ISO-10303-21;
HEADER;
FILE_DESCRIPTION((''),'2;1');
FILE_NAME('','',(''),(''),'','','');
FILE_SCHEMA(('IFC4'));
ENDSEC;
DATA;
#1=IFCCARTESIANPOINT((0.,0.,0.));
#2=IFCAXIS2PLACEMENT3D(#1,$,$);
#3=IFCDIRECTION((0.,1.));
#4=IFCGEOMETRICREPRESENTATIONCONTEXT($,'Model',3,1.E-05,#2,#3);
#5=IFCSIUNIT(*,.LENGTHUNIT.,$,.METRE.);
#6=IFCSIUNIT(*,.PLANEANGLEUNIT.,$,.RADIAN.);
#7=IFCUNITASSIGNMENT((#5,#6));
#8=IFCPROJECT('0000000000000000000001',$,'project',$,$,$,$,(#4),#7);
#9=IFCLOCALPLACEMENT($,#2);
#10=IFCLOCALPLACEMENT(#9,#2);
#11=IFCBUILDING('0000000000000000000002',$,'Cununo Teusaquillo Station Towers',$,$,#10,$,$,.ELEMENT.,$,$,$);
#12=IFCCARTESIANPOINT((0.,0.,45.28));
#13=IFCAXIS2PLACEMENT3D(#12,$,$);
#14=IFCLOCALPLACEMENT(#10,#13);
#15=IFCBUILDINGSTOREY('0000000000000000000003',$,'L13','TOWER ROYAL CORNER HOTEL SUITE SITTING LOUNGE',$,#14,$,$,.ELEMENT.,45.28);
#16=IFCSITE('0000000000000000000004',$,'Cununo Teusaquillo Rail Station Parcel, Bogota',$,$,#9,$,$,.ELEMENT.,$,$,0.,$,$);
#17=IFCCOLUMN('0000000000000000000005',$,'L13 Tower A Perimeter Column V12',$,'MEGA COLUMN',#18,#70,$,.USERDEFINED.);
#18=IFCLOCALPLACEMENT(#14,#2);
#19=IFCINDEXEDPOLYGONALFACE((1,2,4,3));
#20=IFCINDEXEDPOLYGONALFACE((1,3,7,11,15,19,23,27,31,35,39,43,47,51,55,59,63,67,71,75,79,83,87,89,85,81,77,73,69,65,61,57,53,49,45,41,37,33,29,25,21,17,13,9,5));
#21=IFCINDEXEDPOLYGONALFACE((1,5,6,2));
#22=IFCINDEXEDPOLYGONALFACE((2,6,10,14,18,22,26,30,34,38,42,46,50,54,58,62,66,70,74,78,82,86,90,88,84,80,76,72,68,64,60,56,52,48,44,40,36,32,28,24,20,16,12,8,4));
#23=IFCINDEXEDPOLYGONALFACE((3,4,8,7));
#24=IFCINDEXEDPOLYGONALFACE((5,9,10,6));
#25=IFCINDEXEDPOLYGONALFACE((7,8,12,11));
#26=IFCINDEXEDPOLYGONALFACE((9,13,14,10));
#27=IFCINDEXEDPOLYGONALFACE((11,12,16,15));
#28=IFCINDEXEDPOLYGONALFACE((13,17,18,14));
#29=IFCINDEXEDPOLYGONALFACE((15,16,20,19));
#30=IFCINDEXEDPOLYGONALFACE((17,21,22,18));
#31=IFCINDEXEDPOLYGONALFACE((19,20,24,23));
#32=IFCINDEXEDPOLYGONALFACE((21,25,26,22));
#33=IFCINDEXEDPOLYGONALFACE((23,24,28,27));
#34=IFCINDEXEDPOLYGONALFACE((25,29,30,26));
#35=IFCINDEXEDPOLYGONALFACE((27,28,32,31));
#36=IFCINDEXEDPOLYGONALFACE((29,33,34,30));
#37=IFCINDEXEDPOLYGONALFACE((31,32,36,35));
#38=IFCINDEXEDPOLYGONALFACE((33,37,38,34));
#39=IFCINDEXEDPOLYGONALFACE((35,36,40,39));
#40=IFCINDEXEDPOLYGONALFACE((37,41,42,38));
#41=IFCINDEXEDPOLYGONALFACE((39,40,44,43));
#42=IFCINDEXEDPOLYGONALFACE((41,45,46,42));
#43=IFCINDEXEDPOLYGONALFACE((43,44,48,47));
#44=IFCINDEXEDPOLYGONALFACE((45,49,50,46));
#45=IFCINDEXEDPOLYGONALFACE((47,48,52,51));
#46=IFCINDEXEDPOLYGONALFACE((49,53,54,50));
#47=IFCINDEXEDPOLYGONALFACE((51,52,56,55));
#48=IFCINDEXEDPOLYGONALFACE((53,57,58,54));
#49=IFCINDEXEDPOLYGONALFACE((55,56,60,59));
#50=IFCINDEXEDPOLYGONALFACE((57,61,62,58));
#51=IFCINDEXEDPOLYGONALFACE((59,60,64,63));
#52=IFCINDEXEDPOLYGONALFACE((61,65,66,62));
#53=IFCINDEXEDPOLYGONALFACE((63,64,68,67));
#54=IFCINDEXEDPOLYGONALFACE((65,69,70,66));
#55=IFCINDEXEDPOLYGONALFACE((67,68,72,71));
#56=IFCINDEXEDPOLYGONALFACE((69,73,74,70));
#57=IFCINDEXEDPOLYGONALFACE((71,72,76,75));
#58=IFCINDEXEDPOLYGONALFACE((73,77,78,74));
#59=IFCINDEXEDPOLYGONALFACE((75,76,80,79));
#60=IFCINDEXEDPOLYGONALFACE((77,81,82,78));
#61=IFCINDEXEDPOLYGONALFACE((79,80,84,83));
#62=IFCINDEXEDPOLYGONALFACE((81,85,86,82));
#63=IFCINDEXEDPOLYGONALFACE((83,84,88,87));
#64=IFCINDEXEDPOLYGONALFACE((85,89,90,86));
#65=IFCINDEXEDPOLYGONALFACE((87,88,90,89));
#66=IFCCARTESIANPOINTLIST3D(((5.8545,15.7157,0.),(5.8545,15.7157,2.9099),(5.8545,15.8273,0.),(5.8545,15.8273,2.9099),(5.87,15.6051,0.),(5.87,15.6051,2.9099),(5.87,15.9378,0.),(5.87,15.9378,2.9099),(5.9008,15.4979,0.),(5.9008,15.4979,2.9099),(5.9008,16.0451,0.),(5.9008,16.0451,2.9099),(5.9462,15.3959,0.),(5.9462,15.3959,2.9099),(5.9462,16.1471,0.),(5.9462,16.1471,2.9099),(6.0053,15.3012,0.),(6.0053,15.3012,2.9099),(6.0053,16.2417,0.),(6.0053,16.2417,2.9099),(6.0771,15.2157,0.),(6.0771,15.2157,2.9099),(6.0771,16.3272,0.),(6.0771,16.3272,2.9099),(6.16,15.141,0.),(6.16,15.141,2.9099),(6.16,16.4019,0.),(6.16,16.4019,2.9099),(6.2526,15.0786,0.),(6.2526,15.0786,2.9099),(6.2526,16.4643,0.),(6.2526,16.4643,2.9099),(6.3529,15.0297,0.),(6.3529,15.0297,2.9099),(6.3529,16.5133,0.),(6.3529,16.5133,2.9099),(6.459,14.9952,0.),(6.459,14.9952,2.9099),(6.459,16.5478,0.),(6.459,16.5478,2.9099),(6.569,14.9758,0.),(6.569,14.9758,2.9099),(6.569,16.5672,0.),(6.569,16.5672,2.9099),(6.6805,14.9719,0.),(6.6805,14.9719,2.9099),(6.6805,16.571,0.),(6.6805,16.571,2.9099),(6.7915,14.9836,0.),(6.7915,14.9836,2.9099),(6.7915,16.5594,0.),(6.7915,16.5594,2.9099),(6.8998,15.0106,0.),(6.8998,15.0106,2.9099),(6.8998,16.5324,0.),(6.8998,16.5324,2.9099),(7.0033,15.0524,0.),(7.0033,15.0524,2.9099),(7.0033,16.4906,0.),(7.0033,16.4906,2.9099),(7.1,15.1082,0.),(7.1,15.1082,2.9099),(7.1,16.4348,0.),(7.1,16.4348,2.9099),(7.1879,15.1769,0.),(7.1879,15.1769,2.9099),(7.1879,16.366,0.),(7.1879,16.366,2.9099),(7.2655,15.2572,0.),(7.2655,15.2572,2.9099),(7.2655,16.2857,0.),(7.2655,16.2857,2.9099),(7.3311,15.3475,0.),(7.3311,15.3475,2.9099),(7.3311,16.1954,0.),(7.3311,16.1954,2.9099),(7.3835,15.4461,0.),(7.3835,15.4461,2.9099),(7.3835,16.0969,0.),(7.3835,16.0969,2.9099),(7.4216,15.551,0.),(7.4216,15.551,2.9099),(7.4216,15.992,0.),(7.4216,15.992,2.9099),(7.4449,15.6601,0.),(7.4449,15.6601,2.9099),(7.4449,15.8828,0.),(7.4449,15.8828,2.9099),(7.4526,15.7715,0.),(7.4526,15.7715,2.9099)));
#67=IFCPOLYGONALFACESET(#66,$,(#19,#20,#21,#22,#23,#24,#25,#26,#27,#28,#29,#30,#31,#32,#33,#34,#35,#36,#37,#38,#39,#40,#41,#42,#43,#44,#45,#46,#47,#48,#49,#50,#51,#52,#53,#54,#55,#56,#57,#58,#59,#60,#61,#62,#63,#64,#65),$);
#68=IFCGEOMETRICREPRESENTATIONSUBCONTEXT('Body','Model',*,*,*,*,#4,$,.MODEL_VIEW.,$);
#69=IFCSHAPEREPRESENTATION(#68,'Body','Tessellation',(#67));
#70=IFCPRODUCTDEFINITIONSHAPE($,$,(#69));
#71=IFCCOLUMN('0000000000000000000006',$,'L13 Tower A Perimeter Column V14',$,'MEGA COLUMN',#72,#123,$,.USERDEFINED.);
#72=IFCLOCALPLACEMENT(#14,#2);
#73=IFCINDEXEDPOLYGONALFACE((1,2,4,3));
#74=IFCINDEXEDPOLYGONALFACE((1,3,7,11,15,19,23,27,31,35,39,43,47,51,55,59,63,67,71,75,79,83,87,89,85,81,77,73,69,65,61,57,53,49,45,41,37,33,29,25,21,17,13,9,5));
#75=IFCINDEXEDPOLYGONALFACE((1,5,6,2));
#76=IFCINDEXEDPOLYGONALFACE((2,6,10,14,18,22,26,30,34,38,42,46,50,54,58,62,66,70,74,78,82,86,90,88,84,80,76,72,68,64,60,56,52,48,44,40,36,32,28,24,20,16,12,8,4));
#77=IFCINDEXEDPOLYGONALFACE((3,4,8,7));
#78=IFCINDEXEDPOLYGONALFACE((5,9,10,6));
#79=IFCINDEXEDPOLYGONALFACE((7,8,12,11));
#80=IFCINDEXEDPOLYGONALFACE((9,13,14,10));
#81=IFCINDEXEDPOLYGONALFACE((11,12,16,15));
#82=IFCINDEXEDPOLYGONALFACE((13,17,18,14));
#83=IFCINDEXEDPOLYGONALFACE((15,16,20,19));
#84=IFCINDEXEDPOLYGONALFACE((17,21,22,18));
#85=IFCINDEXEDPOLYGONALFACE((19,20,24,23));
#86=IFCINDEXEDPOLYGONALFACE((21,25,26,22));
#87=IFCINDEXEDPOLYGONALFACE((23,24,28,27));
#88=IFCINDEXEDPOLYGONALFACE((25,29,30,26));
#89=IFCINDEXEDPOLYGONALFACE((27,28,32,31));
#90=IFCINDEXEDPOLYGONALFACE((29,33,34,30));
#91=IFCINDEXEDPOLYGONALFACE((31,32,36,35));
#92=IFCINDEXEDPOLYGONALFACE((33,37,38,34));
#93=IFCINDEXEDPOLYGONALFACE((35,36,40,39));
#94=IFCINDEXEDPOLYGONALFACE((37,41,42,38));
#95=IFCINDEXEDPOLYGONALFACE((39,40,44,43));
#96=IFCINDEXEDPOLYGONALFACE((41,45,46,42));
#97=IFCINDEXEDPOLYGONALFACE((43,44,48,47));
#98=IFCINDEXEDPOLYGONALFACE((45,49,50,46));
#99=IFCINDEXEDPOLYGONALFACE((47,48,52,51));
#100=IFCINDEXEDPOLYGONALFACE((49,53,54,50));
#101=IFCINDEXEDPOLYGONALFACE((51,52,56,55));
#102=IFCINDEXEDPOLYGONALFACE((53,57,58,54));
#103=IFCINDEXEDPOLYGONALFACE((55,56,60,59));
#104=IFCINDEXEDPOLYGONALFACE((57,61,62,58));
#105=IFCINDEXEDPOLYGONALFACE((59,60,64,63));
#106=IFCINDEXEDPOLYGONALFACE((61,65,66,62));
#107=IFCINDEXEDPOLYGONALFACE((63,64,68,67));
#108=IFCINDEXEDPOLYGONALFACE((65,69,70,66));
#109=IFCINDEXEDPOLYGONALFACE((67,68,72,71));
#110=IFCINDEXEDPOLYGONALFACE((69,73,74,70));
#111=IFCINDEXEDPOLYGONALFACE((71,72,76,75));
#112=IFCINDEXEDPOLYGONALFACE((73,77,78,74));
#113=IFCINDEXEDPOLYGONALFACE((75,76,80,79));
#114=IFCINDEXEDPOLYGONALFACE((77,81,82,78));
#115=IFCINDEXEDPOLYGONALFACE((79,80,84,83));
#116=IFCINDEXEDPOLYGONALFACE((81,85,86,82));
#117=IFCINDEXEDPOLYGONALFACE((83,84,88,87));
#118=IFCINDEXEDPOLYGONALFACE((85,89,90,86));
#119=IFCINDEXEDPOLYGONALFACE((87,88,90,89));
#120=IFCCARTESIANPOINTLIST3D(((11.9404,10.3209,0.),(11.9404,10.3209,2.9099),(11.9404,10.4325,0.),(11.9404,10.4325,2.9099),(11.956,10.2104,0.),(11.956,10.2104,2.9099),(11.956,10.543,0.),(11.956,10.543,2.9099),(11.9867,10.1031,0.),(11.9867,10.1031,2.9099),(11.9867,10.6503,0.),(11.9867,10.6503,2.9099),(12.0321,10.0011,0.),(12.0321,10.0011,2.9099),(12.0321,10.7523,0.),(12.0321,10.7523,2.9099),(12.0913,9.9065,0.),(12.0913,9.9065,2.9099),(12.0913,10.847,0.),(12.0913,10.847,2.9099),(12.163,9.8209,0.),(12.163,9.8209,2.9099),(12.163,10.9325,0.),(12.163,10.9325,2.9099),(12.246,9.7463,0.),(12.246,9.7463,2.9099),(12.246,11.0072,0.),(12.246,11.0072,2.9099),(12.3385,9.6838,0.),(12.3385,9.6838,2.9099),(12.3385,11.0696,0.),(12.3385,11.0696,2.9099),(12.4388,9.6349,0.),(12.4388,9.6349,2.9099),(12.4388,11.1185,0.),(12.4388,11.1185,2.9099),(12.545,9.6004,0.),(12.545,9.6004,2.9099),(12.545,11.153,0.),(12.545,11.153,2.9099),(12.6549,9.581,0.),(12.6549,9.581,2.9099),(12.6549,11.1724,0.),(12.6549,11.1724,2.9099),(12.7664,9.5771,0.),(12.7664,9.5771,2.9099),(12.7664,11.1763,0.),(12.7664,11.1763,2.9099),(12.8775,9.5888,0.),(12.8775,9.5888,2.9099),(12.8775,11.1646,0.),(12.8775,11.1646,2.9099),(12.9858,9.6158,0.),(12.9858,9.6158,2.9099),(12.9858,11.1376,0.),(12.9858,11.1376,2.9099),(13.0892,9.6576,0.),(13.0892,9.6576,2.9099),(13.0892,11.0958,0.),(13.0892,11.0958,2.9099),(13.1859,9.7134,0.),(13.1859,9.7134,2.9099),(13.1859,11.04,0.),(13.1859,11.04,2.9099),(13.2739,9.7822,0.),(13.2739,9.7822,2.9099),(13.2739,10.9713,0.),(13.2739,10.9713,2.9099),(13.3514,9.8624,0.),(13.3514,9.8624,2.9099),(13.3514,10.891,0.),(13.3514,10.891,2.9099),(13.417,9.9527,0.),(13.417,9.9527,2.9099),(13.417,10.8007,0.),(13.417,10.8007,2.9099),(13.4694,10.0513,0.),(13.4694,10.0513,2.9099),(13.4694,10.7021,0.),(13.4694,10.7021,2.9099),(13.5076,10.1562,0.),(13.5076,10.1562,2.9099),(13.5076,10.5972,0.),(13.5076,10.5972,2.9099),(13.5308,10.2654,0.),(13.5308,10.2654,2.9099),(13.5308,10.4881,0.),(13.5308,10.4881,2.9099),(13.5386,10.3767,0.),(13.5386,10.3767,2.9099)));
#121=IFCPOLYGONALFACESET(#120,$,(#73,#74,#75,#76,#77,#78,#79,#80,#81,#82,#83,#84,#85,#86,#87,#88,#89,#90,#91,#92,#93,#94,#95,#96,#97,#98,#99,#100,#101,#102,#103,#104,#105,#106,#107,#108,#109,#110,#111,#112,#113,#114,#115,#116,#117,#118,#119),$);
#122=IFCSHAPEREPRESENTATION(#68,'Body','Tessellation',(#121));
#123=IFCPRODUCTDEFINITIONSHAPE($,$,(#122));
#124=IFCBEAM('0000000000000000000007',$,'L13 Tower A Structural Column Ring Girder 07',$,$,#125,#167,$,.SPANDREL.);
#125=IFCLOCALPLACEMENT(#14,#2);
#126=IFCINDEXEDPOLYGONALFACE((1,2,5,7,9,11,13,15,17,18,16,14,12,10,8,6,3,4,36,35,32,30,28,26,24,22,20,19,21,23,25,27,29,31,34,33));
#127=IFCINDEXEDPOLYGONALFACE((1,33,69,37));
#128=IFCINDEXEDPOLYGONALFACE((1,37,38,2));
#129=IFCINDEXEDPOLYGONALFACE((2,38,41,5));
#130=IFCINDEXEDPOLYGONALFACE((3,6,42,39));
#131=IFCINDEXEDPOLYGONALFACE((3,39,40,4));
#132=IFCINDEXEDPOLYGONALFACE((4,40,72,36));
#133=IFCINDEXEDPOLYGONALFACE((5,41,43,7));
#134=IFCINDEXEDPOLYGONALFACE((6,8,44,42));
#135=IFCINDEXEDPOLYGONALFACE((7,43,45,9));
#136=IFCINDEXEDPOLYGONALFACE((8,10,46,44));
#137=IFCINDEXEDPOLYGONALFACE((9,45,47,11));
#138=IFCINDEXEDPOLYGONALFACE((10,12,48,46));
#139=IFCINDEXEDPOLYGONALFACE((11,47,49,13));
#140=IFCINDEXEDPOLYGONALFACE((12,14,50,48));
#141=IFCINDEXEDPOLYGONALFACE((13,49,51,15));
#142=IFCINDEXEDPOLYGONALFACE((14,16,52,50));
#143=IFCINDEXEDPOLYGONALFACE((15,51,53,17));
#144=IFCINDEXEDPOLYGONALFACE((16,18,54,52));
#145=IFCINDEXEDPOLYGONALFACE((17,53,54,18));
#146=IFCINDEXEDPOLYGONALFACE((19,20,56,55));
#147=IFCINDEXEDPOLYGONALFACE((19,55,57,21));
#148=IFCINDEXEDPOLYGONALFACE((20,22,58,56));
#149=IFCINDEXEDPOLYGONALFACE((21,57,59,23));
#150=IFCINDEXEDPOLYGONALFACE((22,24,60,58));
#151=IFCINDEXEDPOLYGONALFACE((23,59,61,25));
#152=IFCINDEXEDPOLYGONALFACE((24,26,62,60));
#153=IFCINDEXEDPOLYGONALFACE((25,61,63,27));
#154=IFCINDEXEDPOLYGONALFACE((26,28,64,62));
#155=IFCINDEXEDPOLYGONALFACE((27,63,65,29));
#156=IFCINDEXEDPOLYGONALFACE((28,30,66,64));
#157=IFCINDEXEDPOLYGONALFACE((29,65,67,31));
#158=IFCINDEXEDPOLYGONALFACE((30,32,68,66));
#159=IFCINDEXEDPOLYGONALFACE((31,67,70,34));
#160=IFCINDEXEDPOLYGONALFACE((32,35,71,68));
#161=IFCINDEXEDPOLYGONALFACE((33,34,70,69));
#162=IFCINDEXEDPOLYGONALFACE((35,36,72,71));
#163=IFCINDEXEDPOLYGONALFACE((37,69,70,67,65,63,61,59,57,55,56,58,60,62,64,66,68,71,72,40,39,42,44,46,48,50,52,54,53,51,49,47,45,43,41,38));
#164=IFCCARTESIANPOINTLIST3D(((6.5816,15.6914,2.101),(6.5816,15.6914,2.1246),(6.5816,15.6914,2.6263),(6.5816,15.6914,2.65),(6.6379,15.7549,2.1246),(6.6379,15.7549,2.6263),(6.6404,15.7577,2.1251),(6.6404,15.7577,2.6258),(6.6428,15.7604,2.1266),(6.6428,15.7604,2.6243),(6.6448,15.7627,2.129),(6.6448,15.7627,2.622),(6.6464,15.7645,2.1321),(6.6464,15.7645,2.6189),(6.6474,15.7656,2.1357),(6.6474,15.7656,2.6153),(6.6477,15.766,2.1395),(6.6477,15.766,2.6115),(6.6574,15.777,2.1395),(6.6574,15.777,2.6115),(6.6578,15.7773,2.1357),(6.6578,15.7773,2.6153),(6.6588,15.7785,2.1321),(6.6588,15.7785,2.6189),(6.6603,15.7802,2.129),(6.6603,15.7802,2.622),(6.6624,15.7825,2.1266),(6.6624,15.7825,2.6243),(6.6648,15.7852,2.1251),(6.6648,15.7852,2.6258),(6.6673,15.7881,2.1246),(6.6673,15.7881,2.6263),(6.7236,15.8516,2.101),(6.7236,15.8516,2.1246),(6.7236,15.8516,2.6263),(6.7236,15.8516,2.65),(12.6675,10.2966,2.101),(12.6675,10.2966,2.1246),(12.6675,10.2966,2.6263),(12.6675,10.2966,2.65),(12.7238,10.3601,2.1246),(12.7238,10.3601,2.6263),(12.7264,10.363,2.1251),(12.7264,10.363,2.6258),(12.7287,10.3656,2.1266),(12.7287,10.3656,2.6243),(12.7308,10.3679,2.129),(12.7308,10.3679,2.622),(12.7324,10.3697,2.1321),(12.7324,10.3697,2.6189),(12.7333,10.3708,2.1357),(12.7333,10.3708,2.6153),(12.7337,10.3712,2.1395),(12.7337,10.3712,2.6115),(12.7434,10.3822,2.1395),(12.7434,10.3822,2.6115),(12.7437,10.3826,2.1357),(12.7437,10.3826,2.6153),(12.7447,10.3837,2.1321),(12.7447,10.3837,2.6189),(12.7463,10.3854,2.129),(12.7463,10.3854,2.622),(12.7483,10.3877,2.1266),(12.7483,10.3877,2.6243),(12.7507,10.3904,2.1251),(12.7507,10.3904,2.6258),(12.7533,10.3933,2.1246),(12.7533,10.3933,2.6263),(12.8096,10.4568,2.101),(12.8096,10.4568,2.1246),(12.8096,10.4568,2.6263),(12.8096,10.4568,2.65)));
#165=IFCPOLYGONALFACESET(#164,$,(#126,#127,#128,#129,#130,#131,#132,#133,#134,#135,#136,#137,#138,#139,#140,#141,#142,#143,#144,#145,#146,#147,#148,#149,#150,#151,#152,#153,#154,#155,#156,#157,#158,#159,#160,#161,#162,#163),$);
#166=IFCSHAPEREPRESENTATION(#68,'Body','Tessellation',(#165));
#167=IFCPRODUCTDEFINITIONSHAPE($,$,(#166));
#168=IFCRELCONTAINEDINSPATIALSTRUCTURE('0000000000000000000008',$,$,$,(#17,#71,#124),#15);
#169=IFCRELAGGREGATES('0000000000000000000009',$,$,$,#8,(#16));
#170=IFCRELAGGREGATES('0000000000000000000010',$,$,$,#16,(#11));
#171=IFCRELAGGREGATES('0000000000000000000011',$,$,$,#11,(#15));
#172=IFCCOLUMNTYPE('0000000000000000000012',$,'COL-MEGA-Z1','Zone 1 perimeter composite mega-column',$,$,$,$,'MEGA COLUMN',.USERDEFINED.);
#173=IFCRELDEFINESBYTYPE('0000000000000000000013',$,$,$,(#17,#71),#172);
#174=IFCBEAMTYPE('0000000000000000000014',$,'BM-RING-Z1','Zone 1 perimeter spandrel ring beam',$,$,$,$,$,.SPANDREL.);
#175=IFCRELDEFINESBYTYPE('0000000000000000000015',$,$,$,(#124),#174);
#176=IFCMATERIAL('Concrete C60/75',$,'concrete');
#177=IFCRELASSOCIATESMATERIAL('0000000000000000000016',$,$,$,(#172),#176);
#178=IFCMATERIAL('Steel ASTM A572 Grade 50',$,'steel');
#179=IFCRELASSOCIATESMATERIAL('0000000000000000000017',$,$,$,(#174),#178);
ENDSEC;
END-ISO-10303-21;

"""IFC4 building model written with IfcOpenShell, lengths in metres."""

from ifc_helpers import new_model, si_unit, direction, frame, origin, origin_2d, place, context, subcontext, project, spatial, circle, i_section, extrude, material, material_profile, profile_set, type_object, element, save


model = new_model("IFC4")

# Units and contexts
model_context = context("Model", 3, precision=1e-05, world=origin(), true_north=direction((0.0, 1.0)))
body_context = subcontext(model_context, "Body", "Model", "MODEL_VIEW")
ifc_project = project(units=[si_unit("LENGTHUNIT", "METRE"), si_unit("PLANEANGLEUNIT", "RADIAN")], contexts=[model_context])

# Site, building, storey
site_placement = place(None, origin())
site = spatial("IfcSite", under=ifc_project, at=site_placement, Name="Cununo Teusaquillo Rail Station Parcel, Bogota", CompositionType="ELEMENT", RefElevation=0.0)
building_placement = place(site_placement, origin())
building = spatial("IfcBuilding", under=site, at=building_placement, Name="Cununo Teusaquillo Station Towers", CompositionType="ELEMENT")
storey_placement = place(building_placement, frame((0.0, 0.0, 45.28)))
storey = spatial("IfcBuildingStorey", under=building, at=storey_placement, Name="L13", Description="TOWER ROYAL CORNER HOTEL SUITE SITTING LOUNGE", CompositionType="ELEMENT", Elevation=45.28)

# Columns
ifc_material_1 = material(Name="Concrete C60/75", Category="concrete")
ifc_material_profile_1 = material_profile(ifc_material_1, circle(Radius=0.8, at=origin_2d()), Name="RC-CIRC-1600")
ifc_profile_set_1 = profile_set([ifc_material_profile_1], Name="Concrete C60/75")
column_type = type_object("IfcColumnType", Name="COL-MEGA-Z1", Description="Zone 1 perimeter composite mega-column", ElementType="MEGA COLUMN", PredefinedType="USERDEFINED", material=ifc_profile_set_1)
for number, where, z_axis, x_axis, name in (
    (1, (6.6526, 15.7715, 0.0), (0.0, 0.0, 1.0), (1.0, 0.0, 0.0), "L13 Tower A Perimeter Column V12"),
    (2, (12.7385, 10.3767, 0.0), (0.0, 0.0, 1.0), (1.0, 0.0, 0.0), "L13 Tower A Perimeter Column V14"),
):
    element("IfcColumn", number, at=place(storey_placement, frame(where, z_axis=z_axis, x_axis=x_axis)), inside=storey, type_object=column_type, Name=name, ObjectType="MEGA COLUMN", PredefinedType="USERDEFINED", context=body_context, shape_type="SweptSolid", body=[
        extrude(circle(Radius=0.8, at=origin_2d()), origin(), (0.0, 0.0, 1.0), 2.9099),
    ])

# Beam
ifc_material_2 = material(Name="Steel ASTM A572 Grade 50", Category="steel")
ifc_material_profile_2 = material_profile(ifc_material_2, i_section(OverallWidth=0.2141, OverallDepth=0.5491, WebThickness=0.0146, FlangeThickness=0.0237, FilletRadius=0.0149, at=origin_2d()), Name="W21X93")
ifc_profile_set_2 = profile_set([ifc_material_profile_2], Name="Steel ASTM A572 Grade 50")
beam_type_1 = type_object("IfcBeamType", Name="BM-RING-Z1", Description="Zone 1 perimeter spandrel ring beam", PredefinedType="SPANDREL", material=ifc_profile_set_2)
beam_1_placement = place(storey_placement, frame((6.6526, 15.7715, 2.3755), z_axis=(0.748321, -0.663337, 0.0), x_axis=(0.663337, 0.748321, 0.0)))
element("IfcBeam", 3, at=beam_1_placement, inside=storey, type_object=beam_type_1, Name="L13 Tower A Structural Column Ring Girder 07", PredefinedType="SPANDREL", context=body_context, shape_type="SweptSolid", body=[
    extrude(i_section(OverallWidth=0.2141, OverallDepth=0.5491, WebThickness=0.0146, FlangeThickness=0.0237, FilletRadius=0.0149, at=origin_2d()), origin(), (0.0, 0.0, 1.0), 8.1328),
])

save(model, "model.ifc")
